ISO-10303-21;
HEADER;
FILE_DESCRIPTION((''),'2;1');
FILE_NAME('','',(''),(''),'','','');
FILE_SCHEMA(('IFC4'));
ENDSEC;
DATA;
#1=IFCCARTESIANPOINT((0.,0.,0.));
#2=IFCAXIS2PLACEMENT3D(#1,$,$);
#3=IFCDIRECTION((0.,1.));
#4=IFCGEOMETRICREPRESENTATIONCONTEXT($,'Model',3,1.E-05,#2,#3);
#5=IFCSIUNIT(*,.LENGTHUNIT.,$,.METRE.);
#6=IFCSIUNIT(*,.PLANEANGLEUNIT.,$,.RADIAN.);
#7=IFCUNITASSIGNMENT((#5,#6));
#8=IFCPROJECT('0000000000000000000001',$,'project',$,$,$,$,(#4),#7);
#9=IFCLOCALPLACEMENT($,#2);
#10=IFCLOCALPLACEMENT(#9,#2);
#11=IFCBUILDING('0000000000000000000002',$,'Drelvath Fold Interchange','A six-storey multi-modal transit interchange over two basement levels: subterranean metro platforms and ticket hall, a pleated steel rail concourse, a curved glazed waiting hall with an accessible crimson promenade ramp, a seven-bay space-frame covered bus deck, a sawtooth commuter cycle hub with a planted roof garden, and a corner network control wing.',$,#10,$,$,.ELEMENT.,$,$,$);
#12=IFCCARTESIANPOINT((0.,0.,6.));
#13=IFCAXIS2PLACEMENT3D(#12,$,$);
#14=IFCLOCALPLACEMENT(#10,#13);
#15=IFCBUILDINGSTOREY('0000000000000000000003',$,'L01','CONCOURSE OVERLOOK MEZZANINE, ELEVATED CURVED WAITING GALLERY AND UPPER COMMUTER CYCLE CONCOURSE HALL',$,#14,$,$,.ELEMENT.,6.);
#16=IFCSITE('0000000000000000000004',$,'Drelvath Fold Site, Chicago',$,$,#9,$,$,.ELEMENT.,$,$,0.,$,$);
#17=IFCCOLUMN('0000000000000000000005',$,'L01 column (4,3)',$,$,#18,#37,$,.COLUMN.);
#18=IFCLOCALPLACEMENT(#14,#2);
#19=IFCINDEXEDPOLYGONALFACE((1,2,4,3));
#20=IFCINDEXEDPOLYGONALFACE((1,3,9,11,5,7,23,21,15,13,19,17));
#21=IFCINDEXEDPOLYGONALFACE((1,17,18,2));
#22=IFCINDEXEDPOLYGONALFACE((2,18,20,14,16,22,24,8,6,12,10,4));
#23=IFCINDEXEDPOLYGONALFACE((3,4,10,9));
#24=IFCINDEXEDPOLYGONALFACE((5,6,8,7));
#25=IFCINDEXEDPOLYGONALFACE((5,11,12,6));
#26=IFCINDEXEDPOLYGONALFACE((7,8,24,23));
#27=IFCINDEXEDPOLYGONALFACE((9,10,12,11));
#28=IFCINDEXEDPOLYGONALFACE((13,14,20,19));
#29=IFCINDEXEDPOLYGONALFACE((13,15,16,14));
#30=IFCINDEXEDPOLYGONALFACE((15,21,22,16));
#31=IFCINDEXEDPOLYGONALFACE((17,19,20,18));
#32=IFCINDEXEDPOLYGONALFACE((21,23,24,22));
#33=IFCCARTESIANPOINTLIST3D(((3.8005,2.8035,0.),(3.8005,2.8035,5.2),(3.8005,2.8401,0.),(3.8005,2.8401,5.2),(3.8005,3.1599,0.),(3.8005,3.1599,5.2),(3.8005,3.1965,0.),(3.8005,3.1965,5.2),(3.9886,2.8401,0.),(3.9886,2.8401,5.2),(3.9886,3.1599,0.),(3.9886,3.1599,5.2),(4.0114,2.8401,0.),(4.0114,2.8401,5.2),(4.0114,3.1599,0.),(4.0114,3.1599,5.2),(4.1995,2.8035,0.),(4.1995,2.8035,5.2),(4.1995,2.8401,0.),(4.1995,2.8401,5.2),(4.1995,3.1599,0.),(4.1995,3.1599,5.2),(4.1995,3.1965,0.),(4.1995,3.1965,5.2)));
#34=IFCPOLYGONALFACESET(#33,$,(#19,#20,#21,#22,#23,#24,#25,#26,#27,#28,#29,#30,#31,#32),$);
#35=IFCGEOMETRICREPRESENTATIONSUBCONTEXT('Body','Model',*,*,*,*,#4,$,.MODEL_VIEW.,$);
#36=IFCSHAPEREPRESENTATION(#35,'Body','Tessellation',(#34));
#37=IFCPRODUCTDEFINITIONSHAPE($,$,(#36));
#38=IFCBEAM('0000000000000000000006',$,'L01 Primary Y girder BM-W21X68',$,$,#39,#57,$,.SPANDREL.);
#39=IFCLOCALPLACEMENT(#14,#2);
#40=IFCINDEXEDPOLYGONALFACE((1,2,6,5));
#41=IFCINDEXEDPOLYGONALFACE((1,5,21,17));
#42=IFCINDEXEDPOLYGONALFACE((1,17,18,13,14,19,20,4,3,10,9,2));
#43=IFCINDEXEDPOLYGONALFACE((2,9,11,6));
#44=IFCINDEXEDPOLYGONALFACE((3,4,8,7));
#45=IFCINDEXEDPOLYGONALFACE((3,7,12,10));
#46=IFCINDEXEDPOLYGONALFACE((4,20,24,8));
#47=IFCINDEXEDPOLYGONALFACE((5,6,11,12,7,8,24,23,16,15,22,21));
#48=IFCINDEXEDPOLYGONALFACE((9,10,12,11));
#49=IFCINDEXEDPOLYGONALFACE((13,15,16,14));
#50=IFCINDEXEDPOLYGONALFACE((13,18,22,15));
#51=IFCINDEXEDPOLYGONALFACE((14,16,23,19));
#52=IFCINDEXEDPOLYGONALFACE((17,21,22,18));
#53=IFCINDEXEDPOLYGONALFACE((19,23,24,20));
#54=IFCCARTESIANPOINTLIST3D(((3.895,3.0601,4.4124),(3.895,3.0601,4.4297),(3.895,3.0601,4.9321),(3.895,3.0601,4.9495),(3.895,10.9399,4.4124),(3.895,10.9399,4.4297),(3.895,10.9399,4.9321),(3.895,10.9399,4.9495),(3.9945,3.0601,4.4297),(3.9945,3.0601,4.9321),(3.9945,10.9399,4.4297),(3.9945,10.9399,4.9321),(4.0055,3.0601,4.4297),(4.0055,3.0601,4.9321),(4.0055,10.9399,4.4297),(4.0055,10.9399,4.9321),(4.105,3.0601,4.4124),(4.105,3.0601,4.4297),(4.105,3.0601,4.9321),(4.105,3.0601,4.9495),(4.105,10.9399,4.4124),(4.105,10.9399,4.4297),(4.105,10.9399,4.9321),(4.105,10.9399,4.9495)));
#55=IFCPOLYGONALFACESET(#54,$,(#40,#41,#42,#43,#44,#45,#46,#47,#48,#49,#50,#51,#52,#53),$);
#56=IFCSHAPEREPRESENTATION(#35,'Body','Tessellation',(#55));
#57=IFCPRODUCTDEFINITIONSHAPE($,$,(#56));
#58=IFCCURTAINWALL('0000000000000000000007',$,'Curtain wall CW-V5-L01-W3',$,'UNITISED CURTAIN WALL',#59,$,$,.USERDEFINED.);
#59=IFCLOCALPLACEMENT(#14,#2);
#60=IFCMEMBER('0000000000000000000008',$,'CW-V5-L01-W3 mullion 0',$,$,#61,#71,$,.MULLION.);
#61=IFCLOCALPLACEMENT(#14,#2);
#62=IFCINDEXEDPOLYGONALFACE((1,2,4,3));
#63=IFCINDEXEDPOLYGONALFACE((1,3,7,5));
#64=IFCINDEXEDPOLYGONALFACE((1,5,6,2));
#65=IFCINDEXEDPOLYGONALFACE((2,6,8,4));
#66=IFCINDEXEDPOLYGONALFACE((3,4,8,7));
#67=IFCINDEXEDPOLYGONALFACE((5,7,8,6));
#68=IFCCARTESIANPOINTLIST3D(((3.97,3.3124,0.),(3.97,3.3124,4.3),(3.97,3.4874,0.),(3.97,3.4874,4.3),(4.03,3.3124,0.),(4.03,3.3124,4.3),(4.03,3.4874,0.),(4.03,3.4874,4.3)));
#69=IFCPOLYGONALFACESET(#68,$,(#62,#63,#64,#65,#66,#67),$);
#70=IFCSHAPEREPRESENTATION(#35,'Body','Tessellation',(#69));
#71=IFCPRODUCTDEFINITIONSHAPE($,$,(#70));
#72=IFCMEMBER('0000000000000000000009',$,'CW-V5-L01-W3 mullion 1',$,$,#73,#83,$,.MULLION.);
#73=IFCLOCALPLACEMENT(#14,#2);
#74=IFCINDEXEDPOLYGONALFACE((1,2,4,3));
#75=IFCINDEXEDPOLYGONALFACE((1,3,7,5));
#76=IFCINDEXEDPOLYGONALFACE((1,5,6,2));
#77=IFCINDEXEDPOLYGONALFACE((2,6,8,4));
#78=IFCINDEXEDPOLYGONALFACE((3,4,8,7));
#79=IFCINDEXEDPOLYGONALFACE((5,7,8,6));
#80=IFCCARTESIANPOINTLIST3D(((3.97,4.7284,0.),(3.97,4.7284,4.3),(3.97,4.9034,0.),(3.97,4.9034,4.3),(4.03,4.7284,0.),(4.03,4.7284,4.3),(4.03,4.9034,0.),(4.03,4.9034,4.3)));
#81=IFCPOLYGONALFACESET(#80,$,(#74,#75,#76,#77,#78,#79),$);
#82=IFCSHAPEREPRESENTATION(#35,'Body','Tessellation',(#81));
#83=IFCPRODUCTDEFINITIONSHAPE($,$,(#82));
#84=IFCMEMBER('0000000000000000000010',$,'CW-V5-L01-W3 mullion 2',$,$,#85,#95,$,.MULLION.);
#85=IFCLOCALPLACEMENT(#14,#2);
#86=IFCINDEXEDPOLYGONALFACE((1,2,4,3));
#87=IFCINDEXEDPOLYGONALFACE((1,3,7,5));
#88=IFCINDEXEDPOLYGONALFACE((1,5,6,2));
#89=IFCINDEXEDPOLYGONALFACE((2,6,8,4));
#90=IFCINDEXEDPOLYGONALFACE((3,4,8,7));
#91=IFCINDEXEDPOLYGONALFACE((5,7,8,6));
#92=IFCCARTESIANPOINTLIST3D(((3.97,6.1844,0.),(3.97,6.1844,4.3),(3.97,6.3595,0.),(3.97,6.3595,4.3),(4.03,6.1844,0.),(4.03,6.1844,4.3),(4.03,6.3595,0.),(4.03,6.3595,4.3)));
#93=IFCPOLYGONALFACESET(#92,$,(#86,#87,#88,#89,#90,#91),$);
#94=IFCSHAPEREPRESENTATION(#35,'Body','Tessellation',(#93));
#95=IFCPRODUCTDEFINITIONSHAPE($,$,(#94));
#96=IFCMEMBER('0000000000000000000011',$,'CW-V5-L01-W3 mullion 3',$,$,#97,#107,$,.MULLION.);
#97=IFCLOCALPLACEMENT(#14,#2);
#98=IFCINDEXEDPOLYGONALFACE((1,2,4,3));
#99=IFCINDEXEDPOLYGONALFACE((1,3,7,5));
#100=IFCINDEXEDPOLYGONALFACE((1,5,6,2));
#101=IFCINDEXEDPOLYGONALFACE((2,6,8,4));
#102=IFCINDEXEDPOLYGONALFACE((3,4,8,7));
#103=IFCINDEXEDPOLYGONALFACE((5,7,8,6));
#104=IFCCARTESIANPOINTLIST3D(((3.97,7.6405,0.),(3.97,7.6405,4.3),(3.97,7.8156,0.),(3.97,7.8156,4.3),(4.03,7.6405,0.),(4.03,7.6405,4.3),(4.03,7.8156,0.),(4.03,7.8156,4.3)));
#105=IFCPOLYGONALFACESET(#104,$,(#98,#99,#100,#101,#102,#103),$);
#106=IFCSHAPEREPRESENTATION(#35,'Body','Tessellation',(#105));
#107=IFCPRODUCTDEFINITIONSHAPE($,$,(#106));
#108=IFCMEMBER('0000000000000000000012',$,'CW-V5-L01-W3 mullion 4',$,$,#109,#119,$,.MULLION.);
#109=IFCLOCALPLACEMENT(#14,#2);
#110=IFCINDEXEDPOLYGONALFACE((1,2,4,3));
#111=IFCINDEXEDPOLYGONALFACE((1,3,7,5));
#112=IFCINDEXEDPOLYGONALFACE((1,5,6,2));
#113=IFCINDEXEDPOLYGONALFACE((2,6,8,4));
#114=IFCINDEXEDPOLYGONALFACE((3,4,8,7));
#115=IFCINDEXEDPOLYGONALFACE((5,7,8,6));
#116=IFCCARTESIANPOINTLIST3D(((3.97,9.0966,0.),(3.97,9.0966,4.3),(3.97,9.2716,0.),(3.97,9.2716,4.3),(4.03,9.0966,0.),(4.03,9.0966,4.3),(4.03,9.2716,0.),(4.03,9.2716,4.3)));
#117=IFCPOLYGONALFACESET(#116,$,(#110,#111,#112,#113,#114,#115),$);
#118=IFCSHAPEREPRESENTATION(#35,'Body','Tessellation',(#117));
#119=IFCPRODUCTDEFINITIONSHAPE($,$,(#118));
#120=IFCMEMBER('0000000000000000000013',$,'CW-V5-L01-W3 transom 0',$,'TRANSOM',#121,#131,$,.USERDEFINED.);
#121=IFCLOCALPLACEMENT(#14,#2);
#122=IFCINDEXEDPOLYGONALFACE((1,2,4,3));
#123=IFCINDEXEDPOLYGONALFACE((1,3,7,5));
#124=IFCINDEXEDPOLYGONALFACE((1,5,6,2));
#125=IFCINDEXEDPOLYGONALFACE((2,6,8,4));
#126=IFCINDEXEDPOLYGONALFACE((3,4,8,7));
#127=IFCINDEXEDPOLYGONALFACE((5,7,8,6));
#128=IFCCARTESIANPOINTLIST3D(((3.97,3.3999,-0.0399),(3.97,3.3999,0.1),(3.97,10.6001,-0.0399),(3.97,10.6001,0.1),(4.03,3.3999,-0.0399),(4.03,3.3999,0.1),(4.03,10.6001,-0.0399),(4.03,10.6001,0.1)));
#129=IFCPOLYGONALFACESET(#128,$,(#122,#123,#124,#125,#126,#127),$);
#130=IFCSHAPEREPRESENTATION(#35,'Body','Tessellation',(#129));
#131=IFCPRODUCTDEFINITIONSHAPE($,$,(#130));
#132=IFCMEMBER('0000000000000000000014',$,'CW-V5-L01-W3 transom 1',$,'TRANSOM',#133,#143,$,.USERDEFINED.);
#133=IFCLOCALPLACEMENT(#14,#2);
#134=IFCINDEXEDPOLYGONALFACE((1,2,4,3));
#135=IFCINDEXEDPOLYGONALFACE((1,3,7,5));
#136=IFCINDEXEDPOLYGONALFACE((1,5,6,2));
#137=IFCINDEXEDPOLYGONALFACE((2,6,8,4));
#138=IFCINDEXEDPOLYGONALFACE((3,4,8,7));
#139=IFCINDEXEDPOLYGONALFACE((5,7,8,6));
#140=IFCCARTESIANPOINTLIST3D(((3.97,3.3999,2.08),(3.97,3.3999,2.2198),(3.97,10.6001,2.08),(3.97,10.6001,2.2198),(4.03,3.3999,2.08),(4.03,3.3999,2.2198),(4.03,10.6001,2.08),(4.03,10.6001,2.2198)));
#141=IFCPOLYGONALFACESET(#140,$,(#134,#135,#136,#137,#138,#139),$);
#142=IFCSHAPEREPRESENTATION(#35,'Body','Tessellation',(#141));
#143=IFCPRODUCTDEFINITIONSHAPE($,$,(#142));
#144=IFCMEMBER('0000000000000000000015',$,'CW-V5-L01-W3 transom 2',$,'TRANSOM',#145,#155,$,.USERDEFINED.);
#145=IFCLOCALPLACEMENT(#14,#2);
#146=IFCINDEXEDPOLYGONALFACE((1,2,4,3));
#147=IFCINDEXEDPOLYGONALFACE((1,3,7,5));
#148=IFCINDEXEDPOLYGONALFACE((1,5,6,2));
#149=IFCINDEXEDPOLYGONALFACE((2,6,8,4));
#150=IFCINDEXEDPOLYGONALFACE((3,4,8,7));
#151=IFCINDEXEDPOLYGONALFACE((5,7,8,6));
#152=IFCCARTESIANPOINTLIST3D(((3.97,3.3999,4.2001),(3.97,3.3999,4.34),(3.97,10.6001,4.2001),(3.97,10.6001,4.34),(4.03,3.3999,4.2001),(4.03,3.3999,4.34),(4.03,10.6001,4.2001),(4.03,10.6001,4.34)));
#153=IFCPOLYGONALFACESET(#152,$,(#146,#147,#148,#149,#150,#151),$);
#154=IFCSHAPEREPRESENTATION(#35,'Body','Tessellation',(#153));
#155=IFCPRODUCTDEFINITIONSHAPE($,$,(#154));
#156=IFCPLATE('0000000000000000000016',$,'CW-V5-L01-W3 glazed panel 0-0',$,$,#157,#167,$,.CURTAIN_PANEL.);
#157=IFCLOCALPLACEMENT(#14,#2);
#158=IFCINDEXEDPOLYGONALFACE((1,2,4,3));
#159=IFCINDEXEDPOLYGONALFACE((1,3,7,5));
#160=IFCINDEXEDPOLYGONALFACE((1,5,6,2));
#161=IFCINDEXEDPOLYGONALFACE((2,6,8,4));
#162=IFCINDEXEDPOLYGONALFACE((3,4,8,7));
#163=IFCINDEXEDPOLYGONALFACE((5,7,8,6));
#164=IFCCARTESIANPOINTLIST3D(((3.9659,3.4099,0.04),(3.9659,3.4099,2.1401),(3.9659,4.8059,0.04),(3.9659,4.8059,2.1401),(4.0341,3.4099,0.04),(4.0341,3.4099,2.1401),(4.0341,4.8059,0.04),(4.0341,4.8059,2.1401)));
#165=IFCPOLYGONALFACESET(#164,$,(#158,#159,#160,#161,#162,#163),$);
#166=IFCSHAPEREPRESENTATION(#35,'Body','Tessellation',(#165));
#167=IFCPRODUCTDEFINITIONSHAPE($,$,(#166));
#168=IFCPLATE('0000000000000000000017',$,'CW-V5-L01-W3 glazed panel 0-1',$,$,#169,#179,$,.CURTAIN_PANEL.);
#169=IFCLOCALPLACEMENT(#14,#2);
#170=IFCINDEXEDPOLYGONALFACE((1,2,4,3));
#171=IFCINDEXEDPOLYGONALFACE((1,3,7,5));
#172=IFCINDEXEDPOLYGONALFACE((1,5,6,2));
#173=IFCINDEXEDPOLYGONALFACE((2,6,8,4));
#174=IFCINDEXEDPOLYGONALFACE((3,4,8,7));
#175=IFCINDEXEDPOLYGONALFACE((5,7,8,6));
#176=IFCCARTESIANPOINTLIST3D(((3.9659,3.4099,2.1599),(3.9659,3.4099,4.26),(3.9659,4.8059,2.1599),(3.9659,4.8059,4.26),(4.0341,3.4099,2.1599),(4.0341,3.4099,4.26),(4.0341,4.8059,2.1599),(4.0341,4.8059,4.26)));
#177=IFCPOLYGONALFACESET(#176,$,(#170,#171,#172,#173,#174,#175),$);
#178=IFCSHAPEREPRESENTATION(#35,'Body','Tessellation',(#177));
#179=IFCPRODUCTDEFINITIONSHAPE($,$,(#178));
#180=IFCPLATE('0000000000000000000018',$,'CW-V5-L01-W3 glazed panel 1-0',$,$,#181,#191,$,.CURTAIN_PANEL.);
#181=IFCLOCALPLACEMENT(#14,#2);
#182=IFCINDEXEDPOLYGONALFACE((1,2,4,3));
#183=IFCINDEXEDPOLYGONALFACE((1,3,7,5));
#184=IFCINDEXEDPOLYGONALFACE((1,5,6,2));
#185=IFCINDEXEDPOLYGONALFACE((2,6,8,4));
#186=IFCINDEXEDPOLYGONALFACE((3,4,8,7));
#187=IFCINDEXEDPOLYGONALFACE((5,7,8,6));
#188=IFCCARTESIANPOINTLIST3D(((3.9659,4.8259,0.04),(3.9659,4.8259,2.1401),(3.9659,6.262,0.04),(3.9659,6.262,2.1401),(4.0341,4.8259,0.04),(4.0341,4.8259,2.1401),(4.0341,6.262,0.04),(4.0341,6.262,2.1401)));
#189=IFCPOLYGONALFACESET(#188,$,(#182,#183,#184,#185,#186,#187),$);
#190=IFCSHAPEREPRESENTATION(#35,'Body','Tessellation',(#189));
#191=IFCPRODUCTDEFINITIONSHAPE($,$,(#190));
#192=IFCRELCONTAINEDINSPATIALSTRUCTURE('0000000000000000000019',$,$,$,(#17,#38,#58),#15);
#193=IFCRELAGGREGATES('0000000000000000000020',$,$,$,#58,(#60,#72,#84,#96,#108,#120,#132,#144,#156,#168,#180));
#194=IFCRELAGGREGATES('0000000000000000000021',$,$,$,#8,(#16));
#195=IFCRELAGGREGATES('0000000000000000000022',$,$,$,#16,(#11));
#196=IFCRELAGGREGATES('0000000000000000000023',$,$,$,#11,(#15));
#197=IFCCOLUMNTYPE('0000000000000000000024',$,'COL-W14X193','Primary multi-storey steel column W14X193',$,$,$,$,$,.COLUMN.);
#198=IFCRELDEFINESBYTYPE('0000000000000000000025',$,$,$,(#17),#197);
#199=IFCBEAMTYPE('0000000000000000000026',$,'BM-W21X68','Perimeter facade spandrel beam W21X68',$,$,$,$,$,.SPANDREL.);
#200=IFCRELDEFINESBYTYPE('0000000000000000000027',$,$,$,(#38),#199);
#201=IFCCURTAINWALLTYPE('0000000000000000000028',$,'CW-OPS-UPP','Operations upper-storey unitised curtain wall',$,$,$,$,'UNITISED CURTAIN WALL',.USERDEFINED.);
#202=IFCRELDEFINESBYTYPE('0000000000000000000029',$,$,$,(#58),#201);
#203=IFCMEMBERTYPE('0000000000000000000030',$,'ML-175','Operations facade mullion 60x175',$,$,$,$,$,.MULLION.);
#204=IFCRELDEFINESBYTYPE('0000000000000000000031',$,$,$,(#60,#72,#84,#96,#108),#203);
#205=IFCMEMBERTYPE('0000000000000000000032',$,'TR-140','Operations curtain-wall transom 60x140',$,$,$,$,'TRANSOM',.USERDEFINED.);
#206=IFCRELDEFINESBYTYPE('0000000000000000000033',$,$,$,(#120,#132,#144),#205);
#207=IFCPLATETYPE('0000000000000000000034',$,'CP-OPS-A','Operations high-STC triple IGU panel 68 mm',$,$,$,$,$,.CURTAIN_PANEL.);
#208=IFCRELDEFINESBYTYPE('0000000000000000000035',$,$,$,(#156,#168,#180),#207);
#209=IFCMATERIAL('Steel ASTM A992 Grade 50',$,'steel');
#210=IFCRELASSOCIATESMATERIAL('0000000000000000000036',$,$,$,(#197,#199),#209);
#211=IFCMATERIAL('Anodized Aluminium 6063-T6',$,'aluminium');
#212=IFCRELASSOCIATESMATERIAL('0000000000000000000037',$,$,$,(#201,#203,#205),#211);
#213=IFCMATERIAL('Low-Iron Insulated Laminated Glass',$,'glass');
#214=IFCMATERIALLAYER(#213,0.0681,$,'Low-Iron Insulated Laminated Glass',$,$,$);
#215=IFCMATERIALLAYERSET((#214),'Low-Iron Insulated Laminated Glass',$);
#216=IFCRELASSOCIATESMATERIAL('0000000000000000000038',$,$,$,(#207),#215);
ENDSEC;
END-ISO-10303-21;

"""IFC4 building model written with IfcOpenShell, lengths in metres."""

from ifc_helpers import new_model, si_unit, direction, frame, origin, origin_2d, place, context, subcontext, project, spatial, rectangle, i_section, extrude, material, layer, layer_set, material_profile, profile_set, type_object, element, aggregate, save


model = new_model("IFC4")

# Units and contexts
model_context = context("Model", 3, precision=1e-05, world=origin(), true_north=direction((0.0, 1.0)))
body_context = subcontext(model_context, "Body", "Model", "MODEL_VIEW")
ifc_project = project(units=[si_unit("LENGTHUNIT", "METRE"), si_unit("PLANEANGLEUNIT", "RADIAN")], contexts=[model_context])

# Site, building, storey
site_placement = place(None, origin())
site = spatial("IfcSite", under=ifc_project, at=site_placement, Name="Drelvath Fold Site, Chicago", CompositionType="ELEMENT", RefElevation=0.0)
building_placement = place(site_placement, origin())
building = spatial("IfcBuilding", under=site, at=building_placement, Name="Drelvath Fold Interchange", Description="A six-storey multi-modal transit interchange over two basement levels: subterranean metro platforms and ticket hall, a pleated steel rail concourse, a curved glazed waiting hall with an accessible crimson promenade ramp, a seven-bay space-frame covered bus deck, a sawtooth commuter cycle hub with a planted roof garden, and a corner network control wing.", CompositionType="ELEMENT")
storey_placement = place(building_placement, frame((0.0, 0.0, 6.0)))
storey = spatial("IfcBuildingStorey", under=building, at=storey_placement, Name="L01", Description="CONCOURSE OVERLOOK MEZZANINE, ELEVATED CURVED WAITING GALLERY AND UPPER COMMUTER CYCLE CONCOURSE HALL", CompositionType="ELEMENT", Elevation=6.0)

# Column
ifc_material_1 = material(Name="Steel ASTM A992 Grade 50", Category="steel")
ifc_material_profile_1 = material_profile(ifc_material_1, i_section(OverallWidth=0.3989, OverallDepth=0.3931, WebThickness=0.0227, FlangeThickness=0.0366, at=origin_2d()), Name="W14X193")
ifc_profile_set_1 = profile_set([ifc_material_profile_1], Name="Steel ASTM A992 Grade 50")
column_type = type_object("IfcColumnType", Name="COL-W14X193", Description="Primary multi-storey steel column W14X193", PredefinedType="COLUMN", material=ifc_profile_set_1)
column_placement = place(storey_placement, frame((4.0, 3.0, 0.0), z_axis=(0.0, 0.0, 1.0), x_axis=(1.0, 0.0, 0.0)))
element("IfcColumn", 1, at=column_placement, inside=storey, type_object=column_type, Name="L01 column (4,3)", PredefinedType="COLUMN", context=body_context, shape_type="SweptSolid", body=[
    extrude(i_section(OverallWidth=0.3989, OverallDepth=0.3931, WebThickness=0.0227, FlangeThickness=0.0366, at=origin_2d()), origin(), (0.0, 0.0, 1.0), 5.2),
])

# Beam
ifc_material_profile_2 = material_profile(ifc_material_1, i_section(OverallWidth=0.21, OverallDepth=0.5371, WebThickness=0.011, FlangeThickness=0.0173, at=origin_2d()), Name="W21X68")
ifc_profile_set_2 = profile_set([ifc_material_profile_2], Name="Steel ASTM A992 Grade 50")
beam_type = type_object("IfcBeamType", Name="BM-W21X68", Description="Perimeter facade spandrel beam W21X68", PredefinedType="SPANDREL", material=ifc_profile_set_2)
beam_placement = place(storey_placement, frame((4.0, 3.0601, 4.6809), z_axis=(0.0, 1.0, 0.0), x_axis=(-1.0, 0.0, 0.0)))
element("IfcBeam", 2, at=beam_placement, inside=storey, type_object=beam_type, Name="L01 Primary Y girder BM-W21X68", PredefinedType="SPANDREL", context=body_context, shape_type="SweptSolid", body=[
    extrude(i_section(OverallWidth=0.21, OverallDepth=0.5371, WebThickness=0.011, FlangeThickness=0.0173, at=origin_2d()), origin(), (0.0, 0.0, 1.0), 7.8799),
])

# Curtain wall, members, plates
ifc_material_2 = material(Name="Anodized Aluminium 6063-T6", Category="aluminium")
curtain_wall_type = type_object("IfcCurtainWallType", Name="CW-OPS-UPP", Description="Operations upper-storey unitised curtain wall", ElementType="UNITISED CURTAIN WALL", PredefinedType="USERDEFINED", material=ifc_material_2)
curtain_wall_placement = place(storey_placement, origin())
curtain_wall = element("IfcCurtainWall", 3, at=curtain_wall_placement, inside=storey, type_object=curtain_wall_type, Name="Curtain wall CW-V5-L01-W3", ObjectType="UNITISED CURTAIN WALL", PredefinedType="USERDEFINED")
ifc_material_profile_3 = material_profile(ifc_material_2, rectangle(XDim=0.0601, YDim=0.175, at=origin_2d()), Name="AL-M 60x175")
ifc_profile_set_3 = profile_set([ifc_material_profile_3], Name="Anodized Aluminium 6063-T6")
member_type_1 = type_object("IfcMemberType", Name="ML-175", Description="Operations facade mullion 60x175", PredefinedType="MULLION", material=ifc_profile_set_3)
member_1_placement = place(storey_placement, frame((4.0, 3.3999, 0.0), z_axis=(0.0, 0.0, 1.0), x_axis=(1.0, 0.0, 0.0)))
member_1 = element("IfcMember", 4, at=member_1_placement, type_object=member_type_1, Name="CW-V5-L01-W3 mullion 0", PredefinedType="MULLION", context=body_context, shape_type="SweptSolid", body=[
    extrude(rectangle(XDim=0.0601, YDim=0.175, at=origin_2d()), origin(), (0.0, 0.0, 1.0), 4.3),
])
member_2_placement = place(storey_placement, frame((4.0, 4.8159, 0.0), z_axis=(0.0, 0.0, 1.0), x_axis=(1.0, 0.0, 0.0)))
member_2 = element("IfcMember", 5, at=member_2_placement, type_object=member_type_1, Name="CW-V5-L01-W3 mullion 1", PredefinedType="MULLION", context=body_context, shape_type="SweptSolid", body=[
    extrude(rectangle(XDim=0.0601, YDim=0.175, at=origin_2d()), origin(), (0.0, 0.0, 1.0), 4.3),
])
member_3_placement = place(storey_placement, frame((4.0, 6.272, 0.0), z_axis=(0.0, 0.0, 1.0), x_axis=(1.0, 0.0, 0.0)))
member_3 = element("IfcMember", 6, at=member_3_placement, type_object=member_type_1, Name="CW-V5-L01-W3 mullion 2", PredefinedType="MULLION", context=body_context, shape_type="SweptSolid", body=[
    extrude(rectangle(XDim=0.0601, YDim=0.175, at=origin_2d()), origin(), (0.0, 0.0, 1.0), 4.3),
])
member_4_placement = place(storey_placement, frame((4.0, 7.728, 0.0), z_axis=(0.0, 0.0, 1.0), x_axis=(1.0, 0.0, 0.0)))
member_4 = element("IfcMember", 7, at=member_4_placement, type_object=member_type_1, Name="CW-V5-L01-W3 mullion 3", PredefinedType="MULLION", context=body_context, shape_type="SweptSolid", body=[
    extrude(rectangle(XDim=0.0601, YDim=0.175, at=origin_2d()), origin(), (0.0, 0.0, 1.0), 4.3),
])
member_5_placement = place(storey_placement, frame((4.0, 9.1841, 0.0), z_axis=(0.0, 0.0, 1.0), x_axis=(1.0, 0.0, 0.0)))
member_5 = element("IfcMember", 8, at=member_5_placement, type_object=member_type_1, Name="CW-V5-L01-W3 mullion 4", PredefinedType="MULLION", context=body_context, shape_type="SweptSolid", body=[
    extrude(rectangle(XDim=0.0601, YDim=0.175, at=origin_2d()), origin(), (0.0, 0.0, 1.0), 4.3),
])
ifc_material_profile_4 = material_profile(ifc_material_2, rectangle(XDim=0.0601, YDim=0.1399, at=origin_2d()), Name="AL-T 60x140")
ifc_profile_set_4 = profile_set([ifc_material_profile_4], Name="Anodized Aluminium 6063-T6")
member_type_2 = type_object("IfcMemberType", Name="TR-140", Description="Operations curtain-wall transom 60x140", ElementType="TRANSOM", PredefinedType="USERDEFINED", material=ifc_profile_set_4)
member_6_placement = place(storey_placement, frame((4.0, 3.3999, 0.03), z_axis=(0.0, 1.0, 0.0), x_axis=(-1.0, 0.0, 0.0)))
member_6 = element("IfcMember", 9, at=member_6_placement, type_object=member_type_2, Name="CW-V5-L01-W3 transom 0", ObjectType="TRANSOM", PredefinedType="USERDEFINED", context=body_context, shape_type="SweptSolid", body=[
    extrude(rectangle(XDim=0.0601, YDim=0.1399, at=origin_2d()), origin(), (0.0, 0.0, 1.0), 7.2002),
])
member_7_placement = place(storey_placement, frame((4.0, 3.3999, 2.1499), z_axis=(0.0, 1.0, 0.0), x_axis=(-1.0, 0.0, 0.0)))
member_7 = element("IfcMember", 10, at=member_7_placement, type_object=member_type_2, Name="CW-V5-L01-W3 transom 1", ObjectType="TRANSOM", PredefinedType="USERDEFINED", context=body_context, shape_type="SweptSolid", body=[
    extrude(rectangle(XDim=0.0601, YDim=0.1399, at=origin_2d()), origin(), (0.0, 0.0, 1.0), 7.2002),
])
member_8_placement = place(storey_placement, frame((4.0, 3.3999, 4.27), z_axis=(0.0, 1.0, 0.0), x_axis=(-1.0, 0.0, 0.0)))
member_8 = element("IfcMember", 11, at=member_8_placement, type_object=member_type_2, Name="CW-V5-L01-W3 transom 2", ObjectType="TRANSOM", PredefinedType="USERDEFINED", context=body_context, shape_type="SweptSolid", body=[
    extrude(rectangle(XDim=0.0601, YDim=0.1399, at=origin_2d()), origin(), (0.0, 0.0, 1.0), 7.2002),
])
ifc_material_3 = material(Name="Low-Iron Insulated Laminated Glass", Category="glass")
ifc_layer_1 = layer(ifc_material_3, 0.0681, Name="Low-Iron Insulated Laminated Glass")
ifc_layer_set_1 = layer_set([ifc_layer_1], Name="Low-Iron Insulated Laminated Glass")
plate_type = type_object("IfcPlateType", Name="CP-OPS-A", Description="Operations high-STC triple IGU panel 68 mm", PredefinedType="CURTAIN_PANEL", material=ifc_layer_set_1)
plate_1_placement = place(storey_placement, frame((4.0, 4.1079, 0.04), z_axis=(0.0, 0.0, 1.0), x_axis=(0.0, 1.0, 0.0)))
plate_1 = element("IfcPlate", 12, at=plate_1_placement, type_object=plate_type, Name="CW-V5-L01-W3 glazed panel 0-0", PredefinedType="CURTAIN_PANEL", context=body_context, shape_type="SweptSolid", body=[
    extrude(rectangle(XDim=1.396, YDim=0.0681, at=origin_2d()), origin(), (0.0, 0.0, 1.0), 2.1001),
])
plate_2_placement = place(storey_placement, frame((4.0, 4.1079, 2.1599), z_axis=(0.0, 0.0, 1.0), x_axis=(0.0, 1.0, 0.0)))
plate_2 = element("IfcPlate", 13, at=plate_2_placement, type_object=plate_type, Name="CW-V5-L01-W3 glazed panel 0-1", PredefinedType="CURTAIN_PANEL", context=body_context, shape_type="SweptSolid", body=[
    extrude(rectangle(XDim=1.396, YDim=0.0681, at=origin_2d()), origin(), (0.0, 0.0, 1.0), 2.1001),
])
plate_3_placement = place(storey_placement, frame((4.0, 5.5439, 0.04), z_axis=(0.0, 0.0, 1.0), x_axis=(0.0, 1.0, 0.0)))
plate_3 = element("IfcPlate", 14, at=plate_3_placement, type_object=plate_type, Name="CW-V5-L01-W3 glazed panel 1-0", PredefinedType="CURTAIN_PANEL", context=body_context, shape_type="SweptSolid", body=[
    extrude(rectangle(XDim=1.436, YDim=0.0681, at=origin_2d()), origin(), (0.0, 0.0, 1.0), 2.1001),
])
aggregate(curtain_wall, [member_1, member_2, member_3, member_4, member_5, member_6, member_7, member_8, plate_1, plate_2, plate_3])

save(model, "model.ifc")
